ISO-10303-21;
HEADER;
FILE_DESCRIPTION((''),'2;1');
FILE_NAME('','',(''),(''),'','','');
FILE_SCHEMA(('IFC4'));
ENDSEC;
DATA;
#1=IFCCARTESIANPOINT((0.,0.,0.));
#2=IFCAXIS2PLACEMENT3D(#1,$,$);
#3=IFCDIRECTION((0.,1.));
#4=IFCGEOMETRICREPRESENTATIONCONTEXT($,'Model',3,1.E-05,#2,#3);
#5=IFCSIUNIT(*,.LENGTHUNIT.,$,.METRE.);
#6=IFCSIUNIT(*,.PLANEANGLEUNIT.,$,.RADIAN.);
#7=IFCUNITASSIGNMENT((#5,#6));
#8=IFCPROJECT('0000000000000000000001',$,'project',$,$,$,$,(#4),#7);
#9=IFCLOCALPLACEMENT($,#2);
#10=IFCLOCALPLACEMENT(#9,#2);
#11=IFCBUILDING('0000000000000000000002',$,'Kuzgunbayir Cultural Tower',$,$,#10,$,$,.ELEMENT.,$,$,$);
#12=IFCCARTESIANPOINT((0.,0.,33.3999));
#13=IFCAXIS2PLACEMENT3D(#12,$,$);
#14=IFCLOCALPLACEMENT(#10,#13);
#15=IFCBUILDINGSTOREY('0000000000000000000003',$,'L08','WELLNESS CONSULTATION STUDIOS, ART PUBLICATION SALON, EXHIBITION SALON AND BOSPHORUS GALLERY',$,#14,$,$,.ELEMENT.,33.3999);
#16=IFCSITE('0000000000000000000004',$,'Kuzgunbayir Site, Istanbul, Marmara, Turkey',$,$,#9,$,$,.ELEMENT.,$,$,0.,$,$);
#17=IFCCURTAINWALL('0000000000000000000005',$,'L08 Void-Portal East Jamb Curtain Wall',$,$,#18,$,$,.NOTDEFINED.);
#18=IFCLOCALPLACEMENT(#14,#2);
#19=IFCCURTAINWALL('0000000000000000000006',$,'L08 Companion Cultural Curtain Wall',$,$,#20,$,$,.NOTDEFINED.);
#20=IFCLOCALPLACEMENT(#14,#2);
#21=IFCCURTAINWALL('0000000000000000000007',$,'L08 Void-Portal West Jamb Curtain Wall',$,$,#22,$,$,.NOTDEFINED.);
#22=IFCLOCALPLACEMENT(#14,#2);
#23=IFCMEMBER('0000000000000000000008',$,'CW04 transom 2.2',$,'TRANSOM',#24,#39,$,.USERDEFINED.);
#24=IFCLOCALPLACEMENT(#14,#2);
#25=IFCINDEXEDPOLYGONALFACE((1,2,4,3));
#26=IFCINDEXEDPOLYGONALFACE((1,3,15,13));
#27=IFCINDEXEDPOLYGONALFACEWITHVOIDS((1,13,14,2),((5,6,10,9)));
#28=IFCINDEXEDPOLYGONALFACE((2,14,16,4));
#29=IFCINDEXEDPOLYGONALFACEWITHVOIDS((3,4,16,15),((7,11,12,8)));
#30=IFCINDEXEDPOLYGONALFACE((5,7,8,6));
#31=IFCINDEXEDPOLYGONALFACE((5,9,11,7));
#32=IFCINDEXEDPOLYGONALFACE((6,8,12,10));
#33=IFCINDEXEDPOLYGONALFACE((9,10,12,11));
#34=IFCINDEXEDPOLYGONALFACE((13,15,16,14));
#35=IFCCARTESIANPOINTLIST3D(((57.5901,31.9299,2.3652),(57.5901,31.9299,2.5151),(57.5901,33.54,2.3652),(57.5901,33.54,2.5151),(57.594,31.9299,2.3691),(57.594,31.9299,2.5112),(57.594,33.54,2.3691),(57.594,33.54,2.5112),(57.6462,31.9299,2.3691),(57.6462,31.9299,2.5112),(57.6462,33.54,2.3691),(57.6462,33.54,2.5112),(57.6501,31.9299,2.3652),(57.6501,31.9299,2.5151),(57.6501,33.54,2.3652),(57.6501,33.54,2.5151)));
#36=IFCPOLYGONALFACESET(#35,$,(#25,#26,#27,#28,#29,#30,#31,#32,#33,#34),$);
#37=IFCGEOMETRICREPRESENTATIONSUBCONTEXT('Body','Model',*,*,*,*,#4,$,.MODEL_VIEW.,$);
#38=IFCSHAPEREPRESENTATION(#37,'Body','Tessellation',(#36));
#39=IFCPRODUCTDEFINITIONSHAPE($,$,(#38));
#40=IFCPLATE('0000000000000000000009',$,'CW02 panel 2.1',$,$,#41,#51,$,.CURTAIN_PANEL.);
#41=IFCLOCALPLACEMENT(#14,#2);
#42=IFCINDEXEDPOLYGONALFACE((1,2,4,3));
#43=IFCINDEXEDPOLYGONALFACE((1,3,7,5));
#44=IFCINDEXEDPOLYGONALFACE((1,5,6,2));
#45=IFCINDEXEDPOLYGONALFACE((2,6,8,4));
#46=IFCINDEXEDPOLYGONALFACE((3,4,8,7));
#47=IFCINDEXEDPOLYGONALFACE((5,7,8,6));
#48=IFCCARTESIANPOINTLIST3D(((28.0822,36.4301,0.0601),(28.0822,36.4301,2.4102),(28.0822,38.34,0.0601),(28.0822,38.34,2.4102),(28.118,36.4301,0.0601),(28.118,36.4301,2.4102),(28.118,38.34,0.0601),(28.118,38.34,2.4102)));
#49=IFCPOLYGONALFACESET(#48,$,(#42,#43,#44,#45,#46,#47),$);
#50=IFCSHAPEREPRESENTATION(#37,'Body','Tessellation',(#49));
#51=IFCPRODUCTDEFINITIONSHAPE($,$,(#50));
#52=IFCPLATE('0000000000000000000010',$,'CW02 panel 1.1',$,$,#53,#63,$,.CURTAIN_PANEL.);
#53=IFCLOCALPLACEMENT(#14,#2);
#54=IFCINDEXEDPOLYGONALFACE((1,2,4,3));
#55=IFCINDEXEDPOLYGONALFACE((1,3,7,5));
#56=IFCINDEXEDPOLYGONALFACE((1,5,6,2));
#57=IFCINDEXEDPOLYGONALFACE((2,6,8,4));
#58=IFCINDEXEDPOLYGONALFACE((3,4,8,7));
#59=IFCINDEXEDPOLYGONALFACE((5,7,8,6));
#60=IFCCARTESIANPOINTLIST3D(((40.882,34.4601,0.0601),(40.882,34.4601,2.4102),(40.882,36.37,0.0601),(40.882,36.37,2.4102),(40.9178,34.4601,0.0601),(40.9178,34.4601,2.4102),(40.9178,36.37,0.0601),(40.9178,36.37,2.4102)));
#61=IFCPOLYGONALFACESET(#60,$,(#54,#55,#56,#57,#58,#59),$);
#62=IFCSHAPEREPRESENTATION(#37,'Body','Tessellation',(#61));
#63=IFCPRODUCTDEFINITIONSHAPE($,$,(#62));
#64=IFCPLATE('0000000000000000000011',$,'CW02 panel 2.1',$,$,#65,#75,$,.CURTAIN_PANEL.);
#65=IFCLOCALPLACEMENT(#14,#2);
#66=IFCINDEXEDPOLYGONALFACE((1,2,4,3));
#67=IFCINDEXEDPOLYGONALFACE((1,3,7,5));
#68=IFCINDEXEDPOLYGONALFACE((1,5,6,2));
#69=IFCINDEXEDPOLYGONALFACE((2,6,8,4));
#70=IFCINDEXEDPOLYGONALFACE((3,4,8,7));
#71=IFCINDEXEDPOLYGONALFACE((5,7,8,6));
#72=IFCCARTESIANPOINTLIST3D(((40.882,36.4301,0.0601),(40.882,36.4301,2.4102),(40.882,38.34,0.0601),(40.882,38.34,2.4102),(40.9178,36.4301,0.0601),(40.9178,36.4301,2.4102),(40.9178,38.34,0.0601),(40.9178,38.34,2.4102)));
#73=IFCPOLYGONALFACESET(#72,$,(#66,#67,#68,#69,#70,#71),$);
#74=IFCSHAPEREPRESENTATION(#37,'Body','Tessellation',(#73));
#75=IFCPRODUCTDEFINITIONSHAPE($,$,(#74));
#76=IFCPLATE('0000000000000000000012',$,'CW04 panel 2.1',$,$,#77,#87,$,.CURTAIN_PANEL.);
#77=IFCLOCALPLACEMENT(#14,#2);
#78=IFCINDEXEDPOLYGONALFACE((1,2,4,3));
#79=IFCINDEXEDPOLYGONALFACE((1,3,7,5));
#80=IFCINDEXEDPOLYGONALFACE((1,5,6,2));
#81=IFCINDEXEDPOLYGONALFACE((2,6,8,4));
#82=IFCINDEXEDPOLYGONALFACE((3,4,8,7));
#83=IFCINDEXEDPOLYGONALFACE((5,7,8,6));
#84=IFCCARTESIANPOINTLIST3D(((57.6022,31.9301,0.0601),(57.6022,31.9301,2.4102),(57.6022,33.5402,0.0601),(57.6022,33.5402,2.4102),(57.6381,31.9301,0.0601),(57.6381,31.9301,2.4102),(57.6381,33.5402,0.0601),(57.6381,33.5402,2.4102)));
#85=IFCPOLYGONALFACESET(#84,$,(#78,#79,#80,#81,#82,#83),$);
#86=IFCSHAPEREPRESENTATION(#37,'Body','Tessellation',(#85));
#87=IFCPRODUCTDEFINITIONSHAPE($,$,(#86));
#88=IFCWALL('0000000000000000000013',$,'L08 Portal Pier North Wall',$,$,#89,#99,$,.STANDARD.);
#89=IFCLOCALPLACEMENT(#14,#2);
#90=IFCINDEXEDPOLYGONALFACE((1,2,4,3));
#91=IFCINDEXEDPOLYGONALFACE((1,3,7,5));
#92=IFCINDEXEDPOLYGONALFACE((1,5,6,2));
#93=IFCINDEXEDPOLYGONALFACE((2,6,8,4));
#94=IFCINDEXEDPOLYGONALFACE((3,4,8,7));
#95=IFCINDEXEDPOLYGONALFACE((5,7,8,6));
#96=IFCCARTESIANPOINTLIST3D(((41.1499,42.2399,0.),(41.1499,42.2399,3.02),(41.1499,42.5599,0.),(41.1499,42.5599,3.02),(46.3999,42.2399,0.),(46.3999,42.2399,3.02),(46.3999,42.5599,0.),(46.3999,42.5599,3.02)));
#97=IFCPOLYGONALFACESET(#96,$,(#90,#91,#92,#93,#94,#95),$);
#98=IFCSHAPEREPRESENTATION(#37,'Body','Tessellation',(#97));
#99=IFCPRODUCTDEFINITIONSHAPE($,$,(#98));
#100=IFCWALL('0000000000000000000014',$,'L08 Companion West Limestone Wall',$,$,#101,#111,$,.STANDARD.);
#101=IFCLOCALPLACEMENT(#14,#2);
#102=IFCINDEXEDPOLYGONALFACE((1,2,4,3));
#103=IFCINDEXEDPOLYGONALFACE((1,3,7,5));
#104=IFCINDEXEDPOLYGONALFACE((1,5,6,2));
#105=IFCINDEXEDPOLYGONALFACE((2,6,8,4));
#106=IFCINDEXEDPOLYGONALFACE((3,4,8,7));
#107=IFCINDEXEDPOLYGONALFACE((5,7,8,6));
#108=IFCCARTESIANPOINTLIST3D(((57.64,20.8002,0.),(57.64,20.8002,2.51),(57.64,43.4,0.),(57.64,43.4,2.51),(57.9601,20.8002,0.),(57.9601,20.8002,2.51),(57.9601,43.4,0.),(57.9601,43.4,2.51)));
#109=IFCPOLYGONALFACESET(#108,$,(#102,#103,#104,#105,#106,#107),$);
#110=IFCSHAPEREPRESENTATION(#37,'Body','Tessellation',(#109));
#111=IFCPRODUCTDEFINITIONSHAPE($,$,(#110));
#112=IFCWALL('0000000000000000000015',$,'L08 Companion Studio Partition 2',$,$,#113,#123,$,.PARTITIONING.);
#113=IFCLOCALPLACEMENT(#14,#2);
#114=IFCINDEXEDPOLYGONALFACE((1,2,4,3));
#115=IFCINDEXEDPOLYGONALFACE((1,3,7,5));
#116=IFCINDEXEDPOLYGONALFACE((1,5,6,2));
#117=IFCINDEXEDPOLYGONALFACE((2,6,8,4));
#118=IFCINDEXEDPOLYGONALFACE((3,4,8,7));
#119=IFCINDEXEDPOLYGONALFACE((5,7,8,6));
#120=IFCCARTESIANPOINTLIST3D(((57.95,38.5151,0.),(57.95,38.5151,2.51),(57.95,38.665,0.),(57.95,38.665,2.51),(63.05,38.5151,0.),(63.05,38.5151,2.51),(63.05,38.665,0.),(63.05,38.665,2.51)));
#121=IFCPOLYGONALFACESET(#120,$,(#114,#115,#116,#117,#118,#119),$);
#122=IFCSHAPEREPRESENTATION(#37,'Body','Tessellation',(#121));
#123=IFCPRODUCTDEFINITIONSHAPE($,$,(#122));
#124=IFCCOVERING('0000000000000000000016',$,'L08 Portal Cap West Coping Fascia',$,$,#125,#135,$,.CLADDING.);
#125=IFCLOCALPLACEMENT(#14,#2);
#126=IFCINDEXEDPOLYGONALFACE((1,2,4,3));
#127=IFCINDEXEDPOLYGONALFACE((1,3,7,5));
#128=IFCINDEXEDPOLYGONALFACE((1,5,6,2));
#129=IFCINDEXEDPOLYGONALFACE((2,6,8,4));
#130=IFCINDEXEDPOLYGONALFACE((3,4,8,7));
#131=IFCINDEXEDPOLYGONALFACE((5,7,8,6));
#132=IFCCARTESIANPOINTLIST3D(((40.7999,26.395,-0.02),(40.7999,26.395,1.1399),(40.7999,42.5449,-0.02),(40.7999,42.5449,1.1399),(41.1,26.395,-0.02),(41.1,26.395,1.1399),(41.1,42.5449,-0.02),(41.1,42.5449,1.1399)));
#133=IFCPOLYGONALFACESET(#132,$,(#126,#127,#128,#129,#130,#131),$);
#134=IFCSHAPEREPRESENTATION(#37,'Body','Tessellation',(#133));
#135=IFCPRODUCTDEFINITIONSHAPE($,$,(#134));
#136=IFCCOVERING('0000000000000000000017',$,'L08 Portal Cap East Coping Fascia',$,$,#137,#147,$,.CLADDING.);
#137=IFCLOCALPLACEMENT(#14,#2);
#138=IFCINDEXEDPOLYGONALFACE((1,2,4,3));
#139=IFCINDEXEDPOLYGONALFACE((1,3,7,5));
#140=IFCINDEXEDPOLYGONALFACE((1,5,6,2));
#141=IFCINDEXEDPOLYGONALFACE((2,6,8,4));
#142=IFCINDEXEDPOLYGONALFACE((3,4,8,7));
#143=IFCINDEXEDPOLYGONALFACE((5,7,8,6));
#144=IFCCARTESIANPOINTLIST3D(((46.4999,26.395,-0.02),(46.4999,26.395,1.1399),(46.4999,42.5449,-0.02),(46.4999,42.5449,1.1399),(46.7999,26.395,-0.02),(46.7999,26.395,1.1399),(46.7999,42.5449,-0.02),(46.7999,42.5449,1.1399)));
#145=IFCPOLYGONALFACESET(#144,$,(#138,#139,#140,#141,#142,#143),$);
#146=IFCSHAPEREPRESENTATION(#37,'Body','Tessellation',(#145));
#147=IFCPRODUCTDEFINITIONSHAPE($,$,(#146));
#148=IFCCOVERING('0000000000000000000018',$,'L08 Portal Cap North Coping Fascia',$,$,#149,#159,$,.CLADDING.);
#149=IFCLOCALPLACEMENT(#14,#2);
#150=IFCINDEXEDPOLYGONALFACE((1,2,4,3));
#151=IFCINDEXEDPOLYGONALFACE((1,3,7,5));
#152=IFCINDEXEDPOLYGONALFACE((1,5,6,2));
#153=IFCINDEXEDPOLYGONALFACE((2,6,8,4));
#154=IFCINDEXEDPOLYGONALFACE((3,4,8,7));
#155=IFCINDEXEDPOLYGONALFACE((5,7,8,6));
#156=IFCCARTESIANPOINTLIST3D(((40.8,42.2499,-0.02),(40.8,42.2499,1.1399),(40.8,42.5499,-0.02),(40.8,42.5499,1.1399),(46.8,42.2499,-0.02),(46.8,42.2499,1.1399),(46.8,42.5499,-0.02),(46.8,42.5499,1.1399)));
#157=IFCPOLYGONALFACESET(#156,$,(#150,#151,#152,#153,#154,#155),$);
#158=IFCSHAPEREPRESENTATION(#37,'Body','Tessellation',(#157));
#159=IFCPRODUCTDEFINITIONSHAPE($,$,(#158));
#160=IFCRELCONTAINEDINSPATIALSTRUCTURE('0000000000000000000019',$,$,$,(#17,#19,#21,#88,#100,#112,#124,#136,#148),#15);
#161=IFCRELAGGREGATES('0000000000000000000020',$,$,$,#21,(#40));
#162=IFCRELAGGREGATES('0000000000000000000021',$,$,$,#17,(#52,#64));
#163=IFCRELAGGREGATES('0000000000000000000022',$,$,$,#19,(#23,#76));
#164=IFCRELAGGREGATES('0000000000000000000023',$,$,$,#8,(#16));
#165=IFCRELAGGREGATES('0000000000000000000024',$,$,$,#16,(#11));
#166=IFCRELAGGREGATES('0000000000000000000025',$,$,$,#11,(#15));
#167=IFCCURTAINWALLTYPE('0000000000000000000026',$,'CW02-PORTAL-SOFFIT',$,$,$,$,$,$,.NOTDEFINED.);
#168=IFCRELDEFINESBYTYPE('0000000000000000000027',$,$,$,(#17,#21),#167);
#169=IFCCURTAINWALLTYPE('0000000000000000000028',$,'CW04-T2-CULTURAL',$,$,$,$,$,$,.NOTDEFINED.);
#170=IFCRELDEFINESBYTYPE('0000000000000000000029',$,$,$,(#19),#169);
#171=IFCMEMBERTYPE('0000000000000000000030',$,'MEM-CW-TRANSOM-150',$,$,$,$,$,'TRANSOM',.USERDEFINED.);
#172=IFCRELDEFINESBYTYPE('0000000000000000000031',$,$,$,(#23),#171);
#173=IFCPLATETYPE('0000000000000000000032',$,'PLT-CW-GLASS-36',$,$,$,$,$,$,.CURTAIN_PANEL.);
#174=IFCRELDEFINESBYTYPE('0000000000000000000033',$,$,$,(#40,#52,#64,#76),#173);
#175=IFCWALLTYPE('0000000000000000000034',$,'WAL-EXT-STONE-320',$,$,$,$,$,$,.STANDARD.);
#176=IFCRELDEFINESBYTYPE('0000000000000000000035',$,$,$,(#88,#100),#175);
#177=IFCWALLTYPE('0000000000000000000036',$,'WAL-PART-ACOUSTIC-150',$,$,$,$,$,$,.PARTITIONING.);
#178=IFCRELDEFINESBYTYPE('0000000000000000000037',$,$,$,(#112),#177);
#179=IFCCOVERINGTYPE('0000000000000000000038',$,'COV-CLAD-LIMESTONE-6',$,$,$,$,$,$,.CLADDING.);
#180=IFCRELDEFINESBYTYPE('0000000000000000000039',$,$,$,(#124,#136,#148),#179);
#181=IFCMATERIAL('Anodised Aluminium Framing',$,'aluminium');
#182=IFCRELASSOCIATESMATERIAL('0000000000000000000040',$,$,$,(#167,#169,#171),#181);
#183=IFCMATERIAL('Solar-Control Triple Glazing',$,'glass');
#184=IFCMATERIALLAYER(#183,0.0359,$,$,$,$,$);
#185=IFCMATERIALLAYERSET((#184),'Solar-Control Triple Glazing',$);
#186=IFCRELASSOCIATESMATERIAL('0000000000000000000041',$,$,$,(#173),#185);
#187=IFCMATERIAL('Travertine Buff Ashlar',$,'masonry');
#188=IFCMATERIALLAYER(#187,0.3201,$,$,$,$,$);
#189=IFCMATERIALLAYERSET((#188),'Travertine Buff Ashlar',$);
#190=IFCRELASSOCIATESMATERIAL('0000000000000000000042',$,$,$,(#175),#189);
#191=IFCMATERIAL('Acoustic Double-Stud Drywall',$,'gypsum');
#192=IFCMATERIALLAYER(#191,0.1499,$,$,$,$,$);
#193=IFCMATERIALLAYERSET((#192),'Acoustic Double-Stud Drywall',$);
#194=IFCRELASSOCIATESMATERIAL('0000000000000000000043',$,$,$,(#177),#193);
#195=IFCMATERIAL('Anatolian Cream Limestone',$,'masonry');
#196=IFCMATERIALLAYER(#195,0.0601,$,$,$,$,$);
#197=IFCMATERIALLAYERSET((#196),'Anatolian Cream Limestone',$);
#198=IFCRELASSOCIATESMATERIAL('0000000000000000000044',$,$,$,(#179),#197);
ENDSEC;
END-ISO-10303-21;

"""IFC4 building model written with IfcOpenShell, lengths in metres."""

from ifc_helpers import new_model, si_unit, direction, frame, frame_2d, origin, origin_2d, place, context, subcontext, project, spatial, rectangle, hollow_rectangle, extrude, material, layer, layer_set, material_profile, profile_set, type_object, element, aggregate, save


model = new_model("IFC4")

# Units and contexts
model_context = context("Model", 3, precision=1e-05, world=origin(), true_north=direction((0.0, 1.0)))
body_context = subcontext(model_context, "Body", "Model", "MODEL_VIEW")
ifc_project = project(units=[si_unit("LENGTHUNIT", "METRE"), si_unit("PLANEANGLEUNIT", "RADIAN")], contexts=[model_context])

# Site, building, storey
site_placement = place(None, origin())
site = spatial("IfcSite", under=ifc_project, at=site_placement, Name="Kuzgunbayir Site, Istanbul, Marmara, Turkey", CompositionType="ELEMENT", RefElevation=0.0)
building_placement = place(site_placement, origin())
building = spatial("IfcBuilding", under=site, at=building_placement, Name="Kuzgunbayir Cultural Tower", CompositionType="ELEMENT")
storey_placement = place(building_placement, frame((0.0, 0.0, 33.3999)))
storey = spatial("IfcBuildingStorey", under=building, at=storey_placement, Name="L08", Description="WELLNESS CONSULTATION STUDIOS, ART PUBLICATION SALON, EXHIBITION SALON AND BOSPHORUS GALLERY", CompositionType="ELEMENT", Elevation=33.3999)

# Curtain walls
ifc_material_1 = material(Name="Anodised Aluminium Framing", Category="aluminium")
curtain_wall_type_1 = type_object("IfcCurtainWallType", Name="CW02-PORTAL-SOFFIT", PredefinedType="NOTDEFINED", material=ifc_material_1)
curtain_wall_1_placement = place(storey_placement, origin())
curtain_wall_1 = element("IfcCurtainWall", 1, at=curtain_wall_1_placement, inside=storey, type_object=curtain_wall_type_1, Name="L08 Void-Portal East Jamb Curtain Wall", PredefinedType="NOTDEFINED")
curtain_wall_type_2 = type_object("IfcCurtainWallType", Name="CW04-T2-CULTURAL", PredefinedType="NOTDEFINED", material=ifc_material_1)
curtain_wall_2_placement = place(storey_placement, origin())
curtain_wall_2 = element("IfcCurtainWall", 2, at=curtain_wall_2_placement, inside=storey, type_object=curtain_wall_type_2, Name="L08 Companion Cultural Curtain Wall", PredefinedType="NOTDEFINED")

# Curtain wall
curtain_wall_3_placement = place(storey_placement, origin())
curtain_wall_3 = element("IfcCurtainWall", 3, at=curtain_wall_3_placement, inside=storey, type_object=curtain_wall_type_1, Name="L08 Void-Portal West Jamb Curtain Wall", PredefinedType="NOTDEFINED")
ifc_material_profile_1 = material_profile(ifc_material_1, hollow_rectangle(XDim=0.0601, YDim=0.1499, WallThickness=0.0039, at=origin_2d()), Name="RHS 150x60x4")
ifc_profile_set_1 = profile_set([ifc_material_profile_1], Name="Anodised Aluminium Framing")
member_type_1 = type_object("IfcMemberType", Name="MEM-CW-TRANSOM-150", ElementType="TRANSOM", PredefinedType="USERDEFINED", material=ifc_profile_set_1)

# Member
member_1_placement = place(storey_placement, frame((57.6201, 31.9299, 2.4402), z_axis=(0.0, 1.0, 0.0), x_axis=(-1.0, 0.0, 0.0)))
member_1 = element("IfcMember", 4, at=member_1_placement, type_object=member_type_1, Name="CW04 transom 2.2", ObjectType="TRANSOM", PredefinedType="USERDEFINED", context=body_context, shape_type="SweptSolid", body=[
    extrude(hollow_rectangle(XDim=0.0601, YDim=0.1499, WallThickness=0.0039, at=origin_2d()), origin(), (0.0, 0.0, 1.0), 1.6101),
])

# Plates
ifc_material_2 = material(Name="Solar-Control Triple Glazing", Category="glass")
ifc_layer_1 = layer(ifc_material_2, 0.0359)
ifc_layer_set_1 = layer_set([ifc_layer_1], Name="Solar-Control Triple Glazing")
plate_type = type_object("IfcPlateType", Name="PLT-CW-GLASS-36", PredefinedType="CURTAIN_PANEL", material=ifc_layer_set_1)
plate_1_placement = place(storey_placement, frame((28.1001, 37.385, 0.0601), z_axis=(0.0, 0.0, 1.0), x_axis=(0.0, 1.0, 0.0)))
plate_1 = element("IfcPlate", 5, at=plate_1_placement, type_object=plate_type, Name="CW02 panel 2.1", PredefinedType="CURTAIN_PANEL", context=body_context, shape_type="SweptSolid", body=[
    extrude(rectangle(XDim=1.9099, YDim=0.0359, at=origin_2d()), origin(), (0.0, 0.0, 1.0), 2.3501),
])
aggregate(curtain_wall_3, [plate_1])
plate_2_placement = place(storey_placement, frame((40.8999, 35.415, 0.0601), z_axis=(0.0, 0.0, 1.0), x_axis=(0.0, 1.0, 0.0)))
plate_2 = element("IfcPlate", 6, at=plate_2_placement, type_object=plate_type, Name="CW02 panel 1.1", PredefinedType="CURTAIN_PANEL", context=body_context, shape_type="SweptSolid", body=[
    extrude(rectangle(XDim=1.9099, YDim=0.0359, at=origin_2d()), origin(), (0.0, 0.0, 1.0), 2.3501),
])
plate_3_placement = place(storey_placement, frame((40.8999, 37.385, 0.0601), z_axis=(0.0, 0.0, 1.0), x_axis=(0.0, 1.0, 0.0)))
plate_3 = element("IfcPlate", 7, at=plate_3_placement, type_object=plate_type, Name="CW02 panel 2.1", PredefinedType="CURTAIN_PANEL", context=body_context, shape_type="SweptSolid", body=[
    extrude(rectangle(XDim=1.9099, YDim=0.0359, at=origin_2d()), origin(), (0.0, 0.0, 1.0), 2.3501),
])
aggregate(curtain_wall_1, [plate_2, plate_3])
plate_4_placement = place(storey_placement, frame((57.6201, 32.7351, 0.0601), z_axis=(0.0, 0.0, 1.0), x_axis=(0.0, 1.0, 0.0)))
plate_4 = element("IfcPlate", 8, at=plate_4_placement, type_object=plate_type, Name="CW04 panel 2.1", PredefinedType="CURTAIN_PANEL", context=body_context, shape_type="SweptSolid", body=[
    extrude(rectangle(XDim=1.6101, YDim=0.0359, at=origin_2d()), origin(), (0.0, 0.0, 1.0), 2.3501),
])
aggregate(curtain_wall_2, [member_1, plate_4])

# Walls
ifc_material_3 = material(Name="Travertine Buff Ashlar", Category="masonry")
ifc_layer_2 = layer(ifc_material_3, 0.3201)
ifc_layer_set_2 = layer_set([ifc_layer_2], Name="Travertine Buff Ashlar")
wall_type_1 = type_object("IfcWallType", Name="WAL-EXT-STONE-320", PredefinedType="STANDARD", material=ifc_layer_set_2)
wall_1_placement = place(storey_placement, frame((46.3999, 42.3999, 0.0), z_axis=(0.0, 0.0, 1.0), x_axis=(-1.0, 0.0, 0.0)))
element("IfcWall", 9, at=wall_1_placement, inside=storey, type_object=wall_type_1, Name="L08 Portal Pier North Wall", PredefinedType="STANDARD", context=body_context, shape_type="SweptSolid", body=[
    extrude(rectangle(XDim=5.25, YDim=0.3201, at=frame_2d((2.625, 0.0))), origin(), (0.0, 0.0, 1.0), 3.02),
])
wall_2_placement = place(storey_placement, frame((57.8, 43.3999, 0.0), z_axis=(0.0, 0.0, 1.0), x_axis=(0.0, -1.0, 0.0)))
element("IfcWall", 10, at=wall_2_placement, inside=storey, type_object=wall_type_1, Name="L08 Companion West Limestone Wall", PredefinedType="STANDARD", context=body_context, shape_type="SweptSolid", body=[
    extrude(rectangle(XDim=22.5999, YDim=0.3201, at=frame_2d((11.2998, 0.0))), origin(), (0.0, 0.0, 1.0), 2.51),
])
ifc_material_4 = material(Name="Acoustic Double-Stud Drywall", Category="gypsum")
ifc_layer_3 = layer(ifc_material_4, 0.1499)
ifc_layer_set_3 = layer_set([ifc_layer_3], Name="Acoustic Double-Stud Drywall")
wall_type_2 = type_object("IfcWallType", Name="WAL-PART-ACOUSTIC-150", PredefinedType="PARTITIONING", material=ifc_layer_set_3)
wall_3_placement = place(storey_placement, frame((57.95, 38.5901, 0.0), z_axis=(0.0, 0.0, 1.0), x_axis=(1.0, 0.0, 0.0)))
element("IfcWall", 11, at=wall_3_placement, inside=storey, type_object=wall_type_2, Name="L08 Companion Studio Partition 2", PredefinedType="PARTITIONING", context=body_context, shape_type="SweptSolid", body=[
    extrude(rectangle(XDim=5.1001, YDim=0.1499, at=frame_2d((2.55, 0.0))), origin(), (0.0, 0.0, 1.0), 2.51),
])

# Coverings
ifc_material_5 = material(Name="Anatolian Cream Limestone", Category="masonry")
ifc_layer_4 = layer(ifc_material_5, 0.0601)
ifc_layer_set_4 = layer_set([ifc_layer_4], Name="Anatolian Cream Limestone")
covering_type = type_object("IfcCoveringType", Name="COV-CLAD-LIMESTONE-6", PredefinedType="CLADDING", material=ifc_layer_set_4)
for number, where, z_axis, x_axis, name in (
    (12, (40.95, 34.47, -0.02), (0.0, 0.0, 1.0), (1.0, 0.0, 0.0), "L08 Portal Cap West Coping Fascia"),
    (13, (46.6499, 34.47, -0.02), (0.0, 0.0, 1.0), (1.0, 0.0, 0.0), "L08 Portal Cap East Coping Fascia"),
):
    element("IfcCovering", number, at=place(storey_placement, frame(where, z_axis=z_axis, x_axis=x_axis)), inside=storey, type_object=covering_type, Name=name, PredefinedType="CLADDING", context=body_context, shape_type="SweptSolid", body=[
        extrude(rectangle(XDim=0.3, YDim=16.1499, at=origin_2d()), origin(), (0.0, 0.0, 1.0), 1.1599),
    ])
covering_placement = place(storey_placement, frame((43.8, 42.3999, -0.02), z_axis=(0.0, 0.0, 1.0), x_axis=(1.0, 0.0, 0.0)))
element("IfcCovering", 14, at=covering_placement, inside=storey, type_object=covering_type, Name="L08 Portal Cap North Coping Fascia", PredefinedType="CLADDING", context=body_context, shape_type="SweptSolid", body=[
    extrude(rectangle(XDim=6.0, YDim=0.3, at=origin_2d()), origin(), (0.0, 0.0, 1.0), 1.1599),
])

save(model, "model.ifc")
